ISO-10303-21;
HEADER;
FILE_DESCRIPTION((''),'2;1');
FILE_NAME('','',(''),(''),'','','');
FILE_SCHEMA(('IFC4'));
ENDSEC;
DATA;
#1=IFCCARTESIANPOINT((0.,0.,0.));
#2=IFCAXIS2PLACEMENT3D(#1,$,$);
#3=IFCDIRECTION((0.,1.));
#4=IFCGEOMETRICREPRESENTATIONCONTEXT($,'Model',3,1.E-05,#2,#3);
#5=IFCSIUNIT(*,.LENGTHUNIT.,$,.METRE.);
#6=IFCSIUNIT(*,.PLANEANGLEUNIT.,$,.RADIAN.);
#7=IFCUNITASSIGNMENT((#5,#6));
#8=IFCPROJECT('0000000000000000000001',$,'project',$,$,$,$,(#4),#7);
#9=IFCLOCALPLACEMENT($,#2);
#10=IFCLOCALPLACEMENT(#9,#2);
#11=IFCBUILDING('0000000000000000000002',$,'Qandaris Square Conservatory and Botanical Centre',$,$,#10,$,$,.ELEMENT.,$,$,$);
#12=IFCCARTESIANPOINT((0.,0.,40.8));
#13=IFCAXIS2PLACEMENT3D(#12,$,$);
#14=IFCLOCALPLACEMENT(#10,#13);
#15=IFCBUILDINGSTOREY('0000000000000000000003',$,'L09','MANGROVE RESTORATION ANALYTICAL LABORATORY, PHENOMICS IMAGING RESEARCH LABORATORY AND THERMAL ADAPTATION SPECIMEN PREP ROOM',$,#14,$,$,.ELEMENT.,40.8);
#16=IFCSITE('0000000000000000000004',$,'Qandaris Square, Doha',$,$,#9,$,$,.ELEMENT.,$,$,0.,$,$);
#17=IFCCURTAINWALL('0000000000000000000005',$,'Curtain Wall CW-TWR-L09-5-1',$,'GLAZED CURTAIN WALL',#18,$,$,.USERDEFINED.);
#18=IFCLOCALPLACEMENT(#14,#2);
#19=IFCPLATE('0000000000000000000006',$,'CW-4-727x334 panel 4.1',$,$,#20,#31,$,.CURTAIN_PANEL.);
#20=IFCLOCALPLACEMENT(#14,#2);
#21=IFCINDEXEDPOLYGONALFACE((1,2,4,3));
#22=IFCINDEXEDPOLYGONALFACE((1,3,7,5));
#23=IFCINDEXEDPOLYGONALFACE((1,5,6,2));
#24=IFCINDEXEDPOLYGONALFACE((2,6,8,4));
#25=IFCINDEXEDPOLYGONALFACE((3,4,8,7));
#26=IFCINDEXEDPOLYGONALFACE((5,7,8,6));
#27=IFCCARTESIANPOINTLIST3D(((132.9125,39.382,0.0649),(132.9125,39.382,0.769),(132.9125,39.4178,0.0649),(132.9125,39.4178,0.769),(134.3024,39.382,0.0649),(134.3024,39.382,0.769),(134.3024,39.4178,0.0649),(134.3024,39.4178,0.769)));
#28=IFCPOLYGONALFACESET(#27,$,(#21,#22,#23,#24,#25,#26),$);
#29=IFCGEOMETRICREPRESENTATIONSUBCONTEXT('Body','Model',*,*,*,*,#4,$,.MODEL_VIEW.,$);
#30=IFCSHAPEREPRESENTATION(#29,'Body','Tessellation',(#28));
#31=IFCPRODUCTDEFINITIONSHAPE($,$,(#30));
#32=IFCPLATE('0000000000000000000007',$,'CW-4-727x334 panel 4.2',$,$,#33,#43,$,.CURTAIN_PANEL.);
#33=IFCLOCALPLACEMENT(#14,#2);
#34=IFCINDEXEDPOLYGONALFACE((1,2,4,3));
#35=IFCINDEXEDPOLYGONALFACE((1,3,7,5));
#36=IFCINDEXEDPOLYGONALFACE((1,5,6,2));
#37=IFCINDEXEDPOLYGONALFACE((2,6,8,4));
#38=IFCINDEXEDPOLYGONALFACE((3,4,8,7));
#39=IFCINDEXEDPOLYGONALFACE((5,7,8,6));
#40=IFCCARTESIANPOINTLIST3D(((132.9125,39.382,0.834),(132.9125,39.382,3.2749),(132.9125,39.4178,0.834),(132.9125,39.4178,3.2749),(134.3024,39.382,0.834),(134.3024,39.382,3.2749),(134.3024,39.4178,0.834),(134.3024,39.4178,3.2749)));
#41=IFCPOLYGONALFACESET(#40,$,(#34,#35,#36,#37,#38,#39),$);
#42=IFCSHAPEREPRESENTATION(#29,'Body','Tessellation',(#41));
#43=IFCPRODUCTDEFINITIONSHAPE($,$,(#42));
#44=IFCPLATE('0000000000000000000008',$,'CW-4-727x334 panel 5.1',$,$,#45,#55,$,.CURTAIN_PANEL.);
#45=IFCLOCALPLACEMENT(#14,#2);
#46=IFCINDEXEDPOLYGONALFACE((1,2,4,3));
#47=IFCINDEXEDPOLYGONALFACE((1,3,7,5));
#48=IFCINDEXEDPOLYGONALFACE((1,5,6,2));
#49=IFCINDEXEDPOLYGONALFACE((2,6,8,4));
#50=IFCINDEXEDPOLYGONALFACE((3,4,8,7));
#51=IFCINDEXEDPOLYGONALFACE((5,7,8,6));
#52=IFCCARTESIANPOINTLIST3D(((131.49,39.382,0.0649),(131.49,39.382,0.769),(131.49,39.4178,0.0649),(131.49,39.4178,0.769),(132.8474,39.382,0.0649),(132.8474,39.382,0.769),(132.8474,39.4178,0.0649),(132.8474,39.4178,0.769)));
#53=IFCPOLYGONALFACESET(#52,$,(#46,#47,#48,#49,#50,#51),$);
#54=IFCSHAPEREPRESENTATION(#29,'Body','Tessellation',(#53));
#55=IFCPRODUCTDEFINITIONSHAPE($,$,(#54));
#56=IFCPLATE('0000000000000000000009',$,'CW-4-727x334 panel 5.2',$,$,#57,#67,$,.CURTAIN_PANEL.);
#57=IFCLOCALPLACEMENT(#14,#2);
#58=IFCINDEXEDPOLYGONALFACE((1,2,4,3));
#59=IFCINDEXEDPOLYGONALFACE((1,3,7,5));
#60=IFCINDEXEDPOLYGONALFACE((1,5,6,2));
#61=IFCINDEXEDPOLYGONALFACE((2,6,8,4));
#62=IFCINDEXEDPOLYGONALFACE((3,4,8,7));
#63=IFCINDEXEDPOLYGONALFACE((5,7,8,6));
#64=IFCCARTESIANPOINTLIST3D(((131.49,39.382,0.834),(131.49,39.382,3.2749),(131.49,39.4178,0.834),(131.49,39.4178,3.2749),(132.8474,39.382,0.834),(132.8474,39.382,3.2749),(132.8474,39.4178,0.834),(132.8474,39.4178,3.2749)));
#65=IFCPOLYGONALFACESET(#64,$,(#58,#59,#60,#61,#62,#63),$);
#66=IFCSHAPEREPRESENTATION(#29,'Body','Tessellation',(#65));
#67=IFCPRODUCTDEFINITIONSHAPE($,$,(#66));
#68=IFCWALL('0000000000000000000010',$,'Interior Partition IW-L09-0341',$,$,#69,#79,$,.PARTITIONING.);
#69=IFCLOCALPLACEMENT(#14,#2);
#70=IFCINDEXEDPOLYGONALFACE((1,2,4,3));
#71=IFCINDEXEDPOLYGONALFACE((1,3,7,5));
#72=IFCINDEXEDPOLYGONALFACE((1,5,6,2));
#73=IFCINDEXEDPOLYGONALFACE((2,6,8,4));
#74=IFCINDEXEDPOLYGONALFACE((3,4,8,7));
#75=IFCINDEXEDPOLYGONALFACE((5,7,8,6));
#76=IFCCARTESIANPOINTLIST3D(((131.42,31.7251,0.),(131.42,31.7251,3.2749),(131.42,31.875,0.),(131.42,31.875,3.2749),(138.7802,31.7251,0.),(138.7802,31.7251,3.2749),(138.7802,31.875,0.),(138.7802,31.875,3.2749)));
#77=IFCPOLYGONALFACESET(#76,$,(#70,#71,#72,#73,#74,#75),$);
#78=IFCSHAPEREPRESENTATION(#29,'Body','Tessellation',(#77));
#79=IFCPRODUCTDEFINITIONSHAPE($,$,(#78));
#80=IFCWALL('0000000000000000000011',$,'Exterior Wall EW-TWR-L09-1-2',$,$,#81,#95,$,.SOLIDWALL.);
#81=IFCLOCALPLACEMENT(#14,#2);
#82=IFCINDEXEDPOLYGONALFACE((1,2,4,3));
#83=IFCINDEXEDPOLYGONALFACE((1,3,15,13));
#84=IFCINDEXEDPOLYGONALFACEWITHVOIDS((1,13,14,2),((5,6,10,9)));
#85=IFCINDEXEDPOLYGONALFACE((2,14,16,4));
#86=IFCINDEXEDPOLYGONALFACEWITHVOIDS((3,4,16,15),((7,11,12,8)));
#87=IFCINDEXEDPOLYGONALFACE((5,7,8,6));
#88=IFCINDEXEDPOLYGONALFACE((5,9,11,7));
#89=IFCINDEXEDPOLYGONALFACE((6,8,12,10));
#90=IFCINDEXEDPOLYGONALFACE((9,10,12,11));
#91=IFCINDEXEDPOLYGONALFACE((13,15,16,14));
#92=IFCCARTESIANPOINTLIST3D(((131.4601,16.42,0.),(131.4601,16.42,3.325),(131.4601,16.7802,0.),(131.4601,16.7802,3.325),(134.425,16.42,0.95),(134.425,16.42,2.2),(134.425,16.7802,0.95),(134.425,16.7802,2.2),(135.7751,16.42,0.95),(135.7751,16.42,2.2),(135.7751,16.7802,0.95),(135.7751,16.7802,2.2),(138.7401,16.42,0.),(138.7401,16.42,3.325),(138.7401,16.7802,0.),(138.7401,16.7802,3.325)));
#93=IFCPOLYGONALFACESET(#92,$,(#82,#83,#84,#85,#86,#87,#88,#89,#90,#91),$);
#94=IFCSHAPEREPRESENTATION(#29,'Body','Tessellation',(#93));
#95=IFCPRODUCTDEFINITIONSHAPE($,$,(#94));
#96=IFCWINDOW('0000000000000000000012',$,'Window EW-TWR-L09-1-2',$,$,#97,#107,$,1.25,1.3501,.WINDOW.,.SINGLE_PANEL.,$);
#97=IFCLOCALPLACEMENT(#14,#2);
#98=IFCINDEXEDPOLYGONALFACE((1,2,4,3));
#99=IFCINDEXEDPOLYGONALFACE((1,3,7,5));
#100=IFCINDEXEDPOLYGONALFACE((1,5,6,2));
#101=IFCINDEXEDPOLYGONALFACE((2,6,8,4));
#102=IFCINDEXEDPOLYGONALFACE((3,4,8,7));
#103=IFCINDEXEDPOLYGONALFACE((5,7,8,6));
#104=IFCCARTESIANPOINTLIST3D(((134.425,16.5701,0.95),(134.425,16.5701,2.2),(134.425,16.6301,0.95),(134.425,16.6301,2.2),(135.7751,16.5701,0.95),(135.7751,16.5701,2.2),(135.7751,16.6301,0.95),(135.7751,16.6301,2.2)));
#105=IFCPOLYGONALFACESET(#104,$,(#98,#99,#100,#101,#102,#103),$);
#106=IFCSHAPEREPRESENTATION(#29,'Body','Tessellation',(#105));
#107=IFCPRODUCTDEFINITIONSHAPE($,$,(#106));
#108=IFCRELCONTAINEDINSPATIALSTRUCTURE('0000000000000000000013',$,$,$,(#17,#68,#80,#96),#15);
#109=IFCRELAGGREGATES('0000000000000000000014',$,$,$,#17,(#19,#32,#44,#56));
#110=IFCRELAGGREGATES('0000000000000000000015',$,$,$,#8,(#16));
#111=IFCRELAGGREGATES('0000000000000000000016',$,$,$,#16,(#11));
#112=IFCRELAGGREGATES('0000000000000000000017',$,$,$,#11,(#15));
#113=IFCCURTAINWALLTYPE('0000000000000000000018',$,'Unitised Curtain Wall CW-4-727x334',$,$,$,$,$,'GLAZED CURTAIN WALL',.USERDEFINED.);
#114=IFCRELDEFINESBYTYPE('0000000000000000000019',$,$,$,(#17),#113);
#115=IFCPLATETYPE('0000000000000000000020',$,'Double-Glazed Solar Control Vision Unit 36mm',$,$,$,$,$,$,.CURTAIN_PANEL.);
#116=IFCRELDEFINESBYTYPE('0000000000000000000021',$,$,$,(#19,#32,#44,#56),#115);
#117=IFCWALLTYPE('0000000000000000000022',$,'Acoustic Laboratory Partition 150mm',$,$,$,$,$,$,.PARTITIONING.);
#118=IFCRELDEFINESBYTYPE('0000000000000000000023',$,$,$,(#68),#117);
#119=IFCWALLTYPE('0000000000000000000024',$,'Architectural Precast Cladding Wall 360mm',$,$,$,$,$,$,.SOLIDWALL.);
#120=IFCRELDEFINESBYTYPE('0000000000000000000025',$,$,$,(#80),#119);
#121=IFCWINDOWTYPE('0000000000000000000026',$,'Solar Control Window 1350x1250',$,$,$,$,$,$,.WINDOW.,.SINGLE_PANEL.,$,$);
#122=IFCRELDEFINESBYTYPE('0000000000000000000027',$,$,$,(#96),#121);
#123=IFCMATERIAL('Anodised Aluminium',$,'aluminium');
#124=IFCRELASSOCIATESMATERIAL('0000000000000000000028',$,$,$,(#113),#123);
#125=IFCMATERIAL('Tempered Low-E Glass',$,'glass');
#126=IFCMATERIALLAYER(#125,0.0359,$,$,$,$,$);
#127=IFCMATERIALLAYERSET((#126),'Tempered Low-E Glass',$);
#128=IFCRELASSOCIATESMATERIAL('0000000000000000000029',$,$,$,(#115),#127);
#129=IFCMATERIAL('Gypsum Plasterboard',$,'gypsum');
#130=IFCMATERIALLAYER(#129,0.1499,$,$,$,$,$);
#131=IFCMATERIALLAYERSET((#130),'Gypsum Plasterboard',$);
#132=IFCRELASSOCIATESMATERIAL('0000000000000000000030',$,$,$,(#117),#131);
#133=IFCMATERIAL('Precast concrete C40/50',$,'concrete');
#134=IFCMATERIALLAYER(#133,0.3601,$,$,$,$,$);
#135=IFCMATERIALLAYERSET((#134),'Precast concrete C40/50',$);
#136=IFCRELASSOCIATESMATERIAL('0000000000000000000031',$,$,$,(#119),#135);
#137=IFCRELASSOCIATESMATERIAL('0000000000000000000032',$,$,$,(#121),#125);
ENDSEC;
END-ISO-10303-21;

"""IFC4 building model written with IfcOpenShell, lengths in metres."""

from ifc_helpers import new_model, si_unit, direction, frame, frame_2d, origin, origin_2d, place, context, subcontext, project, spatial, rectangle, extrude, material, layer, layer_set, type_object, element, fill, aggregate, save


model = new_model("IFC4")

# Units and contexts
model_context = context("Model", 3, precision=1e-05, world=origin(), true_north=direction((0.0, 1.0)))
body_context = subcontext(model_context, "Body", "Model", "MODEL_VIEW")
ifc_project = project(units=[si_unit("LENGTHUNIT", "METRE"), si_unit("PLANEANGLEUNIT", "RADIAN")], contexts=[model_context])

# Site, building, storey
site_placement = place(None, origin())
site = spatial("IfcSite", under=ifc_project, at=site_placement, Name="Qandaris Square, Doha", CompositionType="ELEMENT", RefElevation=0.0)
building_placement = place(site_placement, origin())
building = spatial("IfcBuilding", under=site, at=building_placement, Name="Qandaris Square Conservatory and Botanical Centre", CompositionType="ELEMENT")
storey_placement = place(building_placement, frame((0.0, 0.0, 40.8)))
storey = spatial("IfcBuildingStorey", under=building, at=storey_placement, Name="L09", Description="MANGROVE RESTORATION ANALYTICAL LABORATORY, PHENOMICS IMAGING RESEARCH LABORATORY AND THERMAL ADAPTATION SPECIMEN PREP ROOM", CompositionType="ELEMENT", Elevation=40.8)

# Curtain wall
ifc_material_1 = material(Name="Anodised Aluminium", Category="aluminium")
curtain_wall_type = type_object("IfcCurtainWallType", Name="Unitised Curtain Wall CW-4-727x334", ElementType="GLAZED CURTAIN WALL", PredefinedType="USERDEFINED", material=ifc_material_1)
curtain_wall_placement = place(storey_placement, origin())
curtain_wall = element("IfcCurtainWall", 1, at=curtain_wall_placement, inside=storey, type_object=curtain_wall_type, Name="Curtain Wall CW-TWR-L09-5-1", ObjectType="GLAZED CURTAIN WALL", PredefinedType="USERDEFINED")

# Plates
ifc_material_2 = material(Name="Tempered Low-E Glass", Category="glass")
ifc_layer_1 = layer(ifc_material_2, 0.0359)
ifc_layer_set_1 = layer_set([ifc_layer_1], Name="Tempered Low-E Glass")
plate_type = type_object("IfcPlateType", Name="Double-Glazed Solar Control Vision Unit 36mm", PredefinedType="CURTAIN_PANEL", material=ifc_layer_set_1)
plate_1_placement = place(storey_placement, frame((133.6074, 39.3999, 0.0649), z_axis=(0.0, 0.0, 1.0), x_axis=(-1.0, 0.0, 0.0)))
plate_1 = element("IfcPlate", 2, at=plate_1_placement, type_object=plate_type, Name="CW-4-727x334 panel 4.1", PredefinedType="CURTAIN_PANEL", context=body_context, shape_type="SweptSolid", body=[
    extrude(rectangle(XDim=1.3899, YDim=0.0359, at=origin_2d()), origin(), (0.0, 0.0, 1.0), 0.7041),
])
plate_2_placement = place(storey_placement, frame((133.6074, 39.3999, 0.834), z_axis=(0.0, 0.0, 1.0), x_axis=(-1.0, 0.0, 0.0)))
plate_2 = element("IfcPlate", 3, at=plate_2_placement, type_object=plate_type, Name="CW-4-727x334 panel 4.2", PredefinedType="CURTAIN_PANEL", context=body_context, shape_type="SweptSolid", body=[
    extrude(rectangle(XDim=1.3899, YDim=0.0359, at=origin_2d()), origin(), (0.0, 0.0, 1.0), 2.4409),
])
plate_3_placement = place(storey_placement, frame((132.1687, 39.3999, 0.0649), z_axis=(0.0, 0.0, 1.0), x_axis=(-1.0, 0.0, 0.0)))
plate_3 = element("IfcPlate", 4, at=plate_3_placement, type_object=plate_type, Name="CW-4-727x334 panel 5.1", PredefinedType="CURTAIN_PANEL", context=body_context, shape_type="SweptSolid", body=[
    extrude(rectangle(XDim=1.3574, YDim=0.0359, at=origin_2d()), origin(), (0.0, 0.0, 1.0), 0.7041),
])
plate_4_placement = place(storey_placement, frame((132.1687, 39.3999, 0.834), z_axis=(0.0, 0.0, 1.0), x_axis=(-1.0, 0.0, 0.0)))
plate_4 = element("IfcPlate", 5, at=plate_4_placement, type_object=plate_type, Name="CW-4-727x334 panel 5.2", PredefinedType="CURTAIN_PANEL", context=body_context, shape_type="SweptSolid", body=[
    extrude(rectangle(XDim=1.3574, YDim=0.0359, at=origin_2d()), origin(), (0.0, 0.0, 1.0), 2.4409),
])
aggregate(curtain_wall, [plate_1, plate_2, plate_3, plate_4])

# Wall
ifc_material_3 = material(Name="Gypsum Plasterboard", Category="gypsum")
ifc_layer_2 = layer(ifc_material_3, 0.1499)
ifc_layer_set_2 = layer_set([ifc_layer_2], Name="Gypsum Plasterboard")
wall_type_1 = type_object("IfcWallType", Name="Acoustic Laboratory Partition 150mm", PredefinedType="PARTITIONING", material=ifc_layer_set_2)
wall_1_placement = place(storey_placement, frame((131.4199, 31.8, 0.0), z_axis=(0.0, 0.0, 1.0), x_axis=(1.0, 0.0, 0.0)))
element("IfcWall", 6, at=wall_1_placement, inside=storey, type_object=wall_type_1, Name="Interior Partition IW-L09-0341", PredefinedType="PARTITIONING", context=body_context, shape_type="SweptSolid", body=[
    extrude(rectangle(XDim=7.3601, YDim=0.1499, at=frame_2d((3.6802, 0.0))), origin(), (0.0, 0.0, 1.0), 3.2749),
])

# Wall, opening, window
ifc_material_4 = material(Name="Precast concrete C40/50", Category="concrete")
ifc_layer_3 = layer(ifc_material_4, 0.3601)
ifc_layer_set_3 = layer_set([ifc_layer_3], Name="Precast concrete C40/50")
wall_type_2 = type_object("IfcWallType", Name="Architectural Precast Cladding Wall 360mm", PredefinedType="SOLIDWALL", material=ifc_layer_set_3)
wall_2_placement = place(storey_placement, frame((131.46, 16.6001, 0.0), z_axis=(0.0, 0.0, 1.0), x_axis=(1.0, 0.0, 0.0)))
wall_2 = element("IfcWall", 7, at=wall_2_placement, inside=storey, type_object=wall_type_2, Name="Exterior Wall EW-TWR-L09-1-2", PredefinedType="SOLIDWALL", context=body_context, shape_type="SweptSolid", body=[
    extrude(rectangle(XDim=7.28, YDim=0.3601, at=frame_2d((3.6401, 0.0))), origin(), (0.0, 0.0, 1.0), 3.325),
])
opening_placement = place(wall_2_placement, frame((2.9651, 0.0, 0.95)))
opening = element("IfcOpeningElement", 8, at=opening_placement, cuts=wall_2, PredefinedType="OPENING", context=body_context, shape_type="SweptSolid", body=[
    extrude(rectangle(XDim=1.3501, YDim=1.25, at=frame_2d((0.675, 0.625))), frame((0.0, 0.1919, 0.0), z_axis=(0.0, -1.0, 0.0), x_axis=(1.0, 0.0, 0.0)), (0.0, 0.0, 1.0), 0.384),
])
window_type = type_object("IfcWindowType", Name="Solar Control Window 1350x1250", PartitioningType="SINGLE_PANEL", PredefinedType="WINDOW", material=ifc_material_2)
window_placement = place(opening_placement, origin())
window = element("IfcWindow", 9, at=window_placement, inside=storey, type_object=window_type, Name="Window EW-TWR-L09-1-2", OverallHeight=1.25, OverallWidth=1.3501, PartitioningType="SINGLE_PANEL", PredefinedType="WINDOW", context=body_context, shape_type="SweptSolid", body=[
    extrude(rectangle(XDim=1.3501, YDim=1.25, at=frame_2d((0.675, 0.625))), frame((0.0, 0.03, 0.0), z_axis=(0.0, -1.0, 0.0), x_axis=(1.0, 0.0, 0.0)), (0.0, 0.0, 1.0), 0.0601),
])
fill(opening, window)

save(model, "model.ifc")
